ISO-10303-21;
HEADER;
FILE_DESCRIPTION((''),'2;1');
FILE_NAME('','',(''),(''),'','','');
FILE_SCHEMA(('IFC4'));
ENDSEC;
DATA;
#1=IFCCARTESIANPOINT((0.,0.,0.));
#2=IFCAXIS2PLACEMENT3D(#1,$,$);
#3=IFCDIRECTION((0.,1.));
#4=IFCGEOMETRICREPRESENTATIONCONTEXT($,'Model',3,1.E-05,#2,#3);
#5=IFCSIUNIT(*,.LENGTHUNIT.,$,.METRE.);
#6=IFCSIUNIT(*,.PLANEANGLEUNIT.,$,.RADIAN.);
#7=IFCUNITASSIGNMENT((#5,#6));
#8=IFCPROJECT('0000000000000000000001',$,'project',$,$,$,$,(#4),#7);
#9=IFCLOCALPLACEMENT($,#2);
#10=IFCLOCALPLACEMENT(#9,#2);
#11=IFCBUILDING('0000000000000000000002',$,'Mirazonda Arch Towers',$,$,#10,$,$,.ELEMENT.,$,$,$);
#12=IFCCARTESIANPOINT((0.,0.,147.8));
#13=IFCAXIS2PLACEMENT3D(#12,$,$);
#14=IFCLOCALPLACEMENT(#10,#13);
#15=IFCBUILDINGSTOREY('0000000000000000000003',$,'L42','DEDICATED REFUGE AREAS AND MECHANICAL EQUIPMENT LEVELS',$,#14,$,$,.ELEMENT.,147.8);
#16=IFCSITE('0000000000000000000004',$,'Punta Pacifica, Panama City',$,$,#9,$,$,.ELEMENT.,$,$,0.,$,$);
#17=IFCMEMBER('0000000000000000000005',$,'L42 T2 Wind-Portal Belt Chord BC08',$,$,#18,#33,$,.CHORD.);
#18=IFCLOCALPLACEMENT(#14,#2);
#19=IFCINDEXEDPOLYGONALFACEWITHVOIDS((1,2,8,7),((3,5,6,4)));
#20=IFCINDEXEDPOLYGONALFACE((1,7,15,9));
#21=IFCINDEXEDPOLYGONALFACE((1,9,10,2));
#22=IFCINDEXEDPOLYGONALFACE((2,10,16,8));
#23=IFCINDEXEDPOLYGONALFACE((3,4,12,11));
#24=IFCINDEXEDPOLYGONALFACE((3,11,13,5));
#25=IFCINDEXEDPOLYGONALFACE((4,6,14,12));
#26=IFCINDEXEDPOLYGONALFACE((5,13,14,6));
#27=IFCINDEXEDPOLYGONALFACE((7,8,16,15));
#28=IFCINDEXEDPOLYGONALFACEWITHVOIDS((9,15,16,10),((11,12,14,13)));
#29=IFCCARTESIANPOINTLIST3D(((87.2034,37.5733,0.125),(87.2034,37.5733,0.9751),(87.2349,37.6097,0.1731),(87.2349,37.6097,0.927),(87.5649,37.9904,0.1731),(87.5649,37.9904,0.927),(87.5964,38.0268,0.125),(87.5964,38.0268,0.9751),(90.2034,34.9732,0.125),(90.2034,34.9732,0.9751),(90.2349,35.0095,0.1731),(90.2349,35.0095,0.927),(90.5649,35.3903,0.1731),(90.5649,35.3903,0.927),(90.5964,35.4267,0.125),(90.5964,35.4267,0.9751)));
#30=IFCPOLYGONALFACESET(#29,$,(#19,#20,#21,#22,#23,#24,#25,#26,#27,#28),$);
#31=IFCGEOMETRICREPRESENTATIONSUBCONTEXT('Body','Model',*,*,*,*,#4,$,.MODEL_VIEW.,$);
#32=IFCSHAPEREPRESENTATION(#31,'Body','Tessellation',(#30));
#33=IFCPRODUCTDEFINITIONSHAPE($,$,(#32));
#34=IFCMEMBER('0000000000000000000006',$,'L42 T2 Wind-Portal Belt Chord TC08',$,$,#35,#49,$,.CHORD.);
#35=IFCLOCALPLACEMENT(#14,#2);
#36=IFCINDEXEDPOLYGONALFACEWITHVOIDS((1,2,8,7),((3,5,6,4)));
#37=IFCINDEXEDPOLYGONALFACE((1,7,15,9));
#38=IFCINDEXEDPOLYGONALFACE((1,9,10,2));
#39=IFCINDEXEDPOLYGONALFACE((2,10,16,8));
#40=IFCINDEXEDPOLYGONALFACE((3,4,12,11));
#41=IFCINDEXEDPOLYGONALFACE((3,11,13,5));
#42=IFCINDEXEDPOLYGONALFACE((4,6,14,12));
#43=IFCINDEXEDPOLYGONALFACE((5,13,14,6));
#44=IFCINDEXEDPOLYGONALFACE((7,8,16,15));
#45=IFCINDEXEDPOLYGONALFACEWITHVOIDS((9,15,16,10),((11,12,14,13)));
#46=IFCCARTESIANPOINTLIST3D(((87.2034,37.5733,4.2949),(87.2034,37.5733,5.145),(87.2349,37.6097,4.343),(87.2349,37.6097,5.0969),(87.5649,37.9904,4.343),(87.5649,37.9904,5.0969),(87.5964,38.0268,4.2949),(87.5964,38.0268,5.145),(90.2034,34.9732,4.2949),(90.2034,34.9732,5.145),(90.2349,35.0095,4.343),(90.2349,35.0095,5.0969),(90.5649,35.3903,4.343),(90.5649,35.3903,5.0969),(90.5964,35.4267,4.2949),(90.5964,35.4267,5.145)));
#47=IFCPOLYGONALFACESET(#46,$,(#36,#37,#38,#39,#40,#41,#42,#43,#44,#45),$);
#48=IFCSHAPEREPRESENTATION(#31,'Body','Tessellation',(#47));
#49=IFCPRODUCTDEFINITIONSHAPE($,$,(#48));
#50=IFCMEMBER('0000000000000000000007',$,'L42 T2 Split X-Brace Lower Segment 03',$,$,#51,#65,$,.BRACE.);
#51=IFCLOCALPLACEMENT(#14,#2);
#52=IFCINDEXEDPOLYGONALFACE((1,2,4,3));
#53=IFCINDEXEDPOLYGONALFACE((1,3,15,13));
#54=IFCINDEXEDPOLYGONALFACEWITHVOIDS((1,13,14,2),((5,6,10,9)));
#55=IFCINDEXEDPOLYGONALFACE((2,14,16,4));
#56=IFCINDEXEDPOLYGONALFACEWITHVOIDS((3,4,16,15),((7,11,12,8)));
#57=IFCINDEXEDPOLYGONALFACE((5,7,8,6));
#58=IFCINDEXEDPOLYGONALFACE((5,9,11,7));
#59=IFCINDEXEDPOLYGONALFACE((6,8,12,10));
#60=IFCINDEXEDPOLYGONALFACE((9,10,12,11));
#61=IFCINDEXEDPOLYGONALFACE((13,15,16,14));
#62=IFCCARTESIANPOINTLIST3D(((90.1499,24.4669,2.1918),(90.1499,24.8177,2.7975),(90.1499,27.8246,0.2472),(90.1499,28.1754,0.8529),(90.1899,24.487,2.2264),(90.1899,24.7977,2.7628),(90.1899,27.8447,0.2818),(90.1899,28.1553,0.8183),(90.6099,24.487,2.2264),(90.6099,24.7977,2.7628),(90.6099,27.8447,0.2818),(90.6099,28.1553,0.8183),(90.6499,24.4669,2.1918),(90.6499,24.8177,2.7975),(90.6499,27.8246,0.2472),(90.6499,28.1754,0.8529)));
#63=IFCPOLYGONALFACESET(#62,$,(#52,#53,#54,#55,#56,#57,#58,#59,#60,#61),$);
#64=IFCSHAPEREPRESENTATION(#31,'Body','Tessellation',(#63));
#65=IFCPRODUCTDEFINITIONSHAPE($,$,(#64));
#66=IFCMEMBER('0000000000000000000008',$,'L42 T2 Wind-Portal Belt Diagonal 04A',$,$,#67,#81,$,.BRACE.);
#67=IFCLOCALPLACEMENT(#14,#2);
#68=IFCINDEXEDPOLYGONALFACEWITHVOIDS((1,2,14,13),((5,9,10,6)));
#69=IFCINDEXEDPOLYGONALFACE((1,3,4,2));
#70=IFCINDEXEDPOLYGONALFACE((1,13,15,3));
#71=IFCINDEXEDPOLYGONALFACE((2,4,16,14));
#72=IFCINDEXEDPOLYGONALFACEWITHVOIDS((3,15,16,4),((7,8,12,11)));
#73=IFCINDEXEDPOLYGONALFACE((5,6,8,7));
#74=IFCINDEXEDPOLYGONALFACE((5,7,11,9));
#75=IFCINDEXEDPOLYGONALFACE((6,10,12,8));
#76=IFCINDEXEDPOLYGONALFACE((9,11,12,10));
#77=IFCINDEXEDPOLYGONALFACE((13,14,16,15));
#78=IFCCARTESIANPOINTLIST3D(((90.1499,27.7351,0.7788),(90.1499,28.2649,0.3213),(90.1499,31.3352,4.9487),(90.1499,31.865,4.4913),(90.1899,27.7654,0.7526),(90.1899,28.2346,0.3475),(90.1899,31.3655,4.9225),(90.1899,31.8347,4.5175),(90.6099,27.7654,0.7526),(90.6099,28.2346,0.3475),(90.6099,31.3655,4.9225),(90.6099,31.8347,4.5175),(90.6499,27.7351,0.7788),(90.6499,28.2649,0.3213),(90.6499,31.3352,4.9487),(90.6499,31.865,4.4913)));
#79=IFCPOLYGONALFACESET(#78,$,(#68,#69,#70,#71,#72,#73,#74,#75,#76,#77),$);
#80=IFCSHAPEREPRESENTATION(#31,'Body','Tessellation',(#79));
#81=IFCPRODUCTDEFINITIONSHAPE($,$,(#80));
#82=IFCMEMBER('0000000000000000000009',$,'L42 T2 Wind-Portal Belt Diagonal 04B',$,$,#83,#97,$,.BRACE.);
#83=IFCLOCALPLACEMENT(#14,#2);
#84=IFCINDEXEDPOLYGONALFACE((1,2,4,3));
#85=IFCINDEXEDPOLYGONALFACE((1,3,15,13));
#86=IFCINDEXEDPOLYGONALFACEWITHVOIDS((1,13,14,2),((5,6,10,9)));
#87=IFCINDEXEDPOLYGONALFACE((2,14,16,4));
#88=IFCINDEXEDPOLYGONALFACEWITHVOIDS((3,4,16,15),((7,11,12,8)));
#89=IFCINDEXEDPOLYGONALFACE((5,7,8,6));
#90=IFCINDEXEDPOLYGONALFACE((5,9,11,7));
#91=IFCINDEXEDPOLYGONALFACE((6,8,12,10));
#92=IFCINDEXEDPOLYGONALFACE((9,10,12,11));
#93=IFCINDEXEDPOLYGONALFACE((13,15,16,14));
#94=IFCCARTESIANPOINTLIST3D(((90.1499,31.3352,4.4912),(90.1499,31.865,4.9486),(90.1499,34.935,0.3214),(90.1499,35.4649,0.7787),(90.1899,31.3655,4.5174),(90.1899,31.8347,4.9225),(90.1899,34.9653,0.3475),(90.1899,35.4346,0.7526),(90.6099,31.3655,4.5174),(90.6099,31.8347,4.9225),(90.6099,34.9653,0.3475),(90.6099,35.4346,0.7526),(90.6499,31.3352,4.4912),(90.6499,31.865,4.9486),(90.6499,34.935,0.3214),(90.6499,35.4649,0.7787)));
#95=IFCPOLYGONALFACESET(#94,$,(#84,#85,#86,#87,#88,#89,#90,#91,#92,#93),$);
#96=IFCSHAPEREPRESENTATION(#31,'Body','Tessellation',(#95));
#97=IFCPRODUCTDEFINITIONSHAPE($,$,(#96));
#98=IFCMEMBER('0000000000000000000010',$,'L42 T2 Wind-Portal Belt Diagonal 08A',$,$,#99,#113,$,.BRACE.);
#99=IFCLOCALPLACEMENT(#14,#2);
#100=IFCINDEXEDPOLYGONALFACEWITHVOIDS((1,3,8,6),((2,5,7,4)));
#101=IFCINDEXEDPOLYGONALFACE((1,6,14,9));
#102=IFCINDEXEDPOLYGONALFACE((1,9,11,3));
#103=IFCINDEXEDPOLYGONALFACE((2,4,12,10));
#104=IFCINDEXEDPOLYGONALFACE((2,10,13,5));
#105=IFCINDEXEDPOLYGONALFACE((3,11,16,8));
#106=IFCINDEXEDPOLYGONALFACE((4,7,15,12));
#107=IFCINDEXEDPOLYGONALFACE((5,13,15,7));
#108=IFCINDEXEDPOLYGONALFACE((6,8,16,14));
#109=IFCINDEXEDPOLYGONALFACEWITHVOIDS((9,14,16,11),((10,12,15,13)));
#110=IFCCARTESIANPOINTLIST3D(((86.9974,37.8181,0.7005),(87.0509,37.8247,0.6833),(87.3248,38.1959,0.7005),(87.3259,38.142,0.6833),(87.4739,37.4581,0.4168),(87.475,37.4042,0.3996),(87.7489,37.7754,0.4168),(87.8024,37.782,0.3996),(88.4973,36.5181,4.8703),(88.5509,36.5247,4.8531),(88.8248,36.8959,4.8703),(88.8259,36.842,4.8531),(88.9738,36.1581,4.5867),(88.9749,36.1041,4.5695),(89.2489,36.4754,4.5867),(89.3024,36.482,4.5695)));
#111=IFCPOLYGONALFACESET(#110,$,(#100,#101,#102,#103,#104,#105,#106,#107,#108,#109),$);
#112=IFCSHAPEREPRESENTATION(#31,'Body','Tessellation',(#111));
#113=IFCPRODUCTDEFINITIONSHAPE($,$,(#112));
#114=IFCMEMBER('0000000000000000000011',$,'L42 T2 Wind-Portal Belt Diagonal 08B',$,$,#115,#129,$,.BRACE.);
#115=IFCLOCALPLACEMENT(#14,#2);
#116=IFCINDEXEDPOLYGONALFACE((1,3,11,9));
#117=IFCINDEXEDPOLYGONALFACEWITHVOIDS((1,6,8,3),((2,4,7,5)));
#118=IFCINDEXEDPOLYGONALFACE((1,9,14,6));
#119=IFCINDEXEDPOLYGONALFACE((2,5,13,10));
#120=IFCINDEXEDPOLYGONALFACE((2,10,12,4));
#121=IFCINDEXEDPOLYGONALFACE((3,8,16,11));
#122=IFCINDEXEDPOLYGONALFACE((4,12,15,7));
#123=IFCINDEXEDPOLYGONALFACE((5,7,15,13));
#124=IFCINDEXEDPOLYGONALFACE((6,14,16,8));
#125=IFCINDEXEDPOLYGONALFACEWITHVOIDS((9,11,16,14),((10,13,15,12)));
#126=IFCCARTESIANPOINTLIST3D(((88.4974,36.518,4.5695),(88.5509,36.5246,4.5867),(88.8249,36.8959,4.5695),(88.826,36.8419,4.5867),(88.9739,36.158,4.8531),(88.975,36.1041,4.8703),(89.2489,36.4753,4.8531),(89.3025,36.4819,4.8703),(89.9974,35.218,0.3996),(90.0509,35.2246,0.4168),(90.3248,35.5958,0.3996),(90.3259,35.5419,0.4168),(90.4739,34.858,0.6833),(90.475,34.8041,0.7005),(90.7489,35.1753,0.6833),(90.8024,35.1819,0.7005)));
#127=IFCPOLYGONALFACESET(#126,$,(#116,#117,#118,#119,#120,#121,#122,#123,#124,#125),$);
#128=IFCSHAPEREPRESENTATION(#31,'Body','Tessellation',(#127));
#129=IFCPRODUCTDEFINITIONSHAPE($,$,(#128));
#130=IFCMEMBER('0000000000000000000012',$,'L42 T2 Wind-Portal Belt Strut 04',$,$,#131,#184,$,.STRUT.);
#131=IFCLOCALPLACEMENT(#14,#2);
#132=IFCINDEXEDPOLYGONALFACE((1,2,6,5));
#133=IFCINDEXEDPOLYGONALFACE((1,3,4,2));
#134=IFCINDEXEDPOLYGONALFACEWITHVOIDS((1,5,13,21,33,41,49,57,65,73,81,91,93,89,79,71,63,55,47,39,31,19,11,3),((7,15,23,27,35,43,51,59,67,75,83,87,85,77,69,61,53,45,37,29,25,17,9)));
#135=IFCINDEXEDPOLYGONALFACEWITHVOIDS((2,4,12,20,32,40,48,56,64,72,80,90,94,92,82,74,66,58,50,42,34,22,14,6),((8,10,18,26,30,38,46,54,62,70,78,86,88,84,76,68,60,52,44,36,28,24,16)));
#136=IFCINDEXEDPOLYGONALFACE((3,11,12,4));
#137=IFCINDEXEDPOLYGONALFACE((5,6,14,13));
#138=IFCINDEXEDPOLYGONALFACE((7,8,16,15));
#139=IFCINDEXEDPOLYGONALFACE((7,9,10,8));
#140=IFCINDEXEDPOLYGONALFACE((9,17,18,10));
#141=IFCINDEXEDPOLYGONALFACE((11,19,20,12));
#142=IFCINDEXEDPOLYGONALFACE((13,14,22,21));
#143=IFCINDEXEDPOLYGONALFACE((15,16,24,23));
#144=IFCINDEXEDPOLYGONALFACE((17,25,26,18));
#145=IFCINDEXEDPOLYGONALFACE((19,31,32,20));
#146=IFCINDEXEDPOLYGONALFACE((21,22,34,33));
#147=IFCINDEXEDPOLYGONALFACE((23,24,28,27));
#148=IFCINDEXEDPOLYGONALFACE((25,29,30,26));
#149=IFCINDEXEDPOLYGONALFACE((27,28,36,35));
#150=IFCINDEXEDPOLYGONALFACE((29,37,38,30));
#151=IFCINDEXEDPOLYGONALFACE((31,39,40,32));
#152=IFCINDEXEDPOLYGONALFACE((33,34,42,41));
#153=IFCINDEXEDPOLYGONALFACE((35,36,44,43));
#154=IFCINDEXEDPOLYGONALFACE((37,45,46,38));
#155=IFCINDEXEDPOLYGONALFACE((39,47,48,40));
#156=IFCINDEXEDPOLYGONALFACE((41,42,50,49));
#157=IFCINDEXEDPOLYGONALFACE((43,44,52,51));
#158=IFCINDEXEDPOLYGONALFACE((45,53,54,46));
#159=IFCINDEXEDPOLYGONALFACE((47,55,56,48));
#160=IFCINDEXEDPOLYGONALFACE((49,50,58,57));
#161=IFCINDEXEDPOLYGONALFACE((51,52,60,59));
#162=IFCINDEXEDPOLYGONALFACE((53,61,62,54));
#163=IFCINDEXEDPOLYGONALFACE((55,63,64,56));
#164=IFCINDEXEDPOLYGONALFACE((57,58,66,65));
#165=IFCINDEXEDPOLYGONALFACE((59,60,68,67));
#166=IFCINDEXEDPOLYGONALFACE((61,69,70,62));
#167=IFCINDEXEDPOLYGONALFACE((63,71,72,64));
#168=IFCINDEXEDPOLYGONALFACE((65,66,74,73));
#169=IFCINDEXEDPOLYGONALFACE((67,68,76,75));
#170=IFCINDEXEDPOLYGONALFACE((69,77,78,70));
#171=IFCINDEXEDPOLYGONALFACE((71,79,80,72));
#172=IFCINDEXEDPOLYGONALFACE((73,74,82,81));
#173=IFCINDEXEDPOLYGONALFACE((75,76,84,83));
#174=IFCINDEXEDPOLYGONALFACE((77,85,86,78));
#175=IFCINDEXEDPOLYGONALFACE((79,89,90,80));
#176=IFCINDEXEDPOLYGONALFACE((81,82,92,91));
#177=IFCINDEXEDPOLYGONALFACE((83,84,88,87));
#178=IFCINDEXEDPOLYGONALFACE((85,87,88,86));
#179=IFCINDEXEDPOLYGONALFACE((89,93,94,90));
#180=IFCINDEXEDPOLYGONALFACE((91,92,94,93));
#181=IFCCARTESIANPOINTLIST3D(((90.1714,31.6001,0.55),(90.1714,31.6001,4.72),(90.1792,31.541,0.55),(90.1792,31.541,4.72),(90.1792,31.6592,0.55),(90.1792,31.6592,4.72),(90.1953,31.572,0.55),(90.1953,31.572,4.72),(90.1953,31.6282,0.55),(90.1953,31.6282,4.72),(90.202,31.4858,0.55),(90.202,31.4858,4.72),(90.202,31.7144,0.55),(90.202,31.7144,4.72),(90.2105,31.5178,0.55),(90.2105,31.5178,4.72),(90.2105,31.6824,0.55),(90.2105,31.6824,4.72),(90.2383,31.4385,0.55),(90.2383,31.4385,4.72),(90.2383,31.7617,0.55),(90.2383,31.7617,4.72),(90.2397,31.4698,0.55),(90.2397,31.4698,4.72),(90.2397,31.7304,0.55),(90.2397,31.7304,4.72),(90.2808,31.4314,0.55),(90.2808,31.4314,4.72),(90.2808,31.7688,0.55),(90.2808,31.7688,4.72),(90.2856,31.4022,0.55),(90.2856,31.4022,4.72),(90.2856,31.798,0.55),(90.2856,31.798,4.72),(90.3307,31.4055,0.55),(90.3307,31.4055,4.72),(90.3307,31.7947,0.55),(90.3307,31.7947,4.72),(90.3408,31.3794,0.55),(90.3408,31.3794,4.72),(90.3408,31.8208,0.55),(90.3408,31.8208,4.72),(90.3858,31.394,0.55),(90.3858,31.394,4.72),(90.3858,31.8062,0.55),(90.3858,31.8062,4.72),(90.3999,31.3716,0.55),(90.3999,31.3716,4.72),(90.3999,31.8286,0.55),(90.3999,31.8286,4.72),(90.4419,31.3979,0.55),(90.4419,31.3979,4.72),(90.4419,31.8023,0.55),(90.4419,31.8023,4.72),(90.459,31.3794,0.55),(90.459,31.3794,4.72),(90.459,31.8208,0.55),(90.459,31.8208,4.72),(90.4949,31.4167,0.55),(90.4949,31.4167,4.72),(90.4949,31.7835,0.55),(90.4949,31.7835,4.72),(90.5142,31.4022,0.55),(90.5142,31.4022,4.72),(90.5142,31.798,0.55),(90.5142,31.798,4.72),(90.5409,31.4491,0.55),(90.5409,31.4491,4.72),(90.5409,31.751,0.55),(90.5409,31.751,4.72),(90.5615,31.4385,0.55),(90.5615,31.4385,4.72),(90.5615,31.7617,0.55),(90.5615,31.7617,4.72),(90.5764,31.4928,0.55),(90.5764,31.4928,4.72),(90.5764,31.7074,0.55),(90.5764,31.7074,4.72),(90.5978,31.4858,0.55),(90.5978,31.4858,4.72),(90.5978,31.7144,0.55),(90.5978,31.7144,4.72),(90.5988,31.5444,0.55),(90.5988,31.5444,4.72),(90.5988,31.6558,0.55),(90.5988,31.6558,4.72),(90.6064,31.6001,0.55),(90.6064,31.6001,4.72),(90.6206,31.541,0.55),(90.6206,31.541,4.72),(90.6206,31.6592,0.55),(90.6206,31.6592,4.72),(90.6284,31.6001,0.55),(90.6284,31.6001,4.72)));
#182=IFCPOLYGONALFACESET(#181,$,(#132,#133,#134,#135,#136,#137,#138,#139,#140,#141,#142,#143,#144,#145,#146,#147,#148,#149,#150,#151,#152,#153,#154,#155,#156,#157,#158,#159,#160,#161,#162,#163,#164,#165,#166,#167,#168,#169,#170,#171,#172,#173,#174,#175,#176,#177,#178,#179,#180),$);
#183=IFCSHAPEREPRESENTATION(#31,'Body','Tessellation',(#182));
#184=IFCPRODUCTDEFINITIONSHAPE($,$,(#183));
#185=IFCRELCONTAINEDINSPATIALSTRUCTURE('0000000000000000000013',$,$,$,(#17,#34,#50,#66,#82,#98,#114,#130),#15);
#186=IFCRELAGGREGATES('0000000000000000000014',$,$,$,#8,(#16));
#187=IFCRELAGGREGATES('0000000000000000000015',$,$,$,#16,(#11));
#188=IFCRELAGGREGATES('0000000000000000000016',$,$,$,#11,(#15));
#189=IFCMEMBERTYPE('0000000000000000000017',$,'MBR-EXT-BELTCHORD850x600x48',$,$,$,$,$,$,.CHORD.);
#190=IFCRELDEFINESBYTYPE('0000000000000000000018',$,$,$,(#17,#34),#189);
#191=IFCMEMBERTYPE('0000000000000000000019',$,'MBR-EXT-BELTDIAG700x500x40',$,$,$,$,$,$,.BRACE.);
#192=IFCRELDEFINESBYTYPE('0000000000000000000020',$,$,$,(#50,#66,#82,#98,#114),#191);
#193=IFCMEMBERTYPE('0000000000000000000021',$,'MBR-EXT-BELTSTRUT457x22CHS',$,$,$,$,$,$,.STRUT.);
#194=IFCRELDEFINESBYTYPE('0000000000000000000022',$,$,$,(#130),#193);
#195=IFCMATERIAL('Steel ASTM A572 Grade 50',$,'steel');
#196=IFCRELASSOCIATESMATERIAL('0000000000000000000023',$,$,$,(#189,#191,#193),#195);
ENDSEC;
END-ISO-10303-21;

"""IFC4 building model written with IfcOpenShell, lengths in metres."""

from ifc_helpers import new_model, si_unit, direction, frame, origin, origin_2d, place, context, subcontext, project, spatial, hollow_rectangle, hollow_circle, extrude, material, material_profile, profile_set, type_object, element, save


model = new_model("IFC4")

# Units and contexts
model_context = context("Model", 3, precision=1e-05, world=origin(), true_north=direction((0.0, 1.0)))
body_context = subcontext(model_context, "Body", "Model", "MODEL_VIEW")
ifc_project = project(units=[si_unit("LENGTHUNIT", "METRE"), si_unit("PLANEANGLEUNIT", "RADIAN")], contexts=[model_context])

# Site, building, storey
site_placement = place(None, origin())
site = spatial("IfcSite", under=ifc_project, at=site_placement, Name="Punta Pacifica, Panama City", CompositionType="ELEMENT", RefElevation=0.0)
building_placement = place(site_placement, origin())
building = spatial("IfcBuilding", under=site, at=building_placement, Name="Mirazonda Arch Towers", CompositionType="ELEMENT")
storey_placement = place(building_placement, frame((0.0, 0.0, 147.8)))
storey = spatial("IfcBuildingStorey", under=building, at=storey_placement, Name="L42", Description="DEDICATED REFUGE AREAS AND MECHANICAL EQUIPMENT LEVELS", CompositionType="ELEMENT", Elevation=147.8)

# Shared definitions
ifc_material_1 = material(Name="Steel ASTM A572 Grade 50", Category="steel")

# Members
ifc_material_profile_1 = material_profile(ifc_material_1, hollow_rectangle(XDim=0.6001, YDim=0.8501, WallThickness=0.0481, at=origin_2d()), Name="BELTCHORD850x600x48")
ifc_profile_set_1 = profile_set([ifc_material_profile_1], Name="Steel ASTM A572 Grade 50")
member_type_1 = type_object("IfcMemberType", Name="MBR-EXT-BELTCHORD850x600x48", PredefinedType="CHORD", material=ifc_profile_set_1)
for number, where, z_axis, x_axis, name in (
    (1, (87.3999, 37.8, 0.55), (0.755677, -0.654945, 0.0), (0.654945, 0.755677, 0.0), "L42 T2 Wind-Portal Belt Chord BC08"),
    (2, (87.3999, 37.8, 4.72), (0.755677, -0.654945, 0.0), (0.654945, 0.755677, 0.0), "L42 T2 Wind-Portal Belt Chord TC08"),
):
    element("IfcMember", number, at=place(storey_placement, frame(where, z_axis=z_axis, x_axis=x_axis)), inside=storey, type_object=member_type_1, Name=name, PredefinedType="CHORD", context=body_context, shape_type="SweptSolid", body=[
        extrude(hollow_rectangle(XDim=0.6001, YDim=0.8501, WallThickness=0.0481, at=origin_2d()), origin(), (0.0, 0.0, 1.0), 3.97),
    ])
ifc_material_profile_2 = material_profile(ifc_material_1, hollow_rectangle(XDim=0.5, YDim=0.7, WallThickness=0.04, at=origin_2d()), Name="BELTDIAG700x500x40")
ifc_profile_set_2 = profile_set([ifc_material_profile_2], Name="Steel ASTM A572 Grade 50")
member_type_2 = type_object("IfcMemberType", Name="MBR-EXT-BELTDIAG700x500x40", PredefinedType="BRACE", material=ifc_profile_set_2)
member_1_placement = place(storey_placement, frame((90.3999, 28.0, 0.55), z_axis=(0.0, -0.865352, 0.501165), x_axis=(1.0, 0.0, 0.0)))
element("IfcMember", 3, at=member_1_placement, inside=storey, type_object=member_type_2, Name="L42 T2 Split X-Brace Lower Segment 03", PredefinedType="BRACE", context=body_context, shape_type="SweptSolid", body=[
    extrude(hollow_rectangle(XDim=0.5, YDim=0.7, WallThickness=0.04, at=origin_2d()), origin(), (0.0, 0.0, 1.0), 3.8801),
])
member_2_placement = place(storey_placement, frame((90.3999, 28.0, 0.55), z_axis=(0.0, 0.653495, 0.756931), x_axis=(-1.0, 0.0, 0.0)))
element("IfcMember", 4, at=member_2_placement, inside=storey, type_object=member_type_2, Name="L42 T2 Wind-Portal Belt Diagonal 04A", PredefinedType="BRACE", context=body_context, shape_type="SweptSolid", body=[
    extrude(hollow_rectangle(XDim=0.5, YDim=0.7, WallThickness=0.04, at=origin_2d()), origin(), (0.0, 0.0, 1.0), 5.509),
])
member_3_placement = place(storey_placement, frame((90.3999, 35.2, 0.55), z_axis=(0.0, -0.65347, 0.756953), x_axis=(1.0, 0.0, 0.0)))
element("IfcMember", 5, at=member_3_placement, inside=storey, type_object=member_type_2, Name="L42 T2 Wind-Portal Belt Diagonal 04B", PredefinedType="BRACE", context=body_context, shape_type="SweptSolid", body=[
    extrude(hollow_rectangle(XDim=0.5, YDim=0.7, WallThickness=0.04, at=origin_2d()), origin(), (0.0, 0.0, 1.0), 5.5088),
])
for number, where, z_axis, x_axis, name in (
    (6, (87.3999, 37.8, 0.55), (0.324797, -0.281502, 0.902919), (0.654945, 0.755677, 0.0), "L42 T2 Wind-Portal Belt Diagonal 08A"),
    (7, (90.3999, 35.2, 0.55), (-0.324797, 0.281502, 0.902919), (-0.654945, -0.755677, 0.0), "L42 T2 Wind-Portal Belt Diagonal 08B"),
):
    element("IfcMember", number, at=place(storey_placement, frame(where, z_axis=z_axis, x_axis=x_axis)), inside=storey, type_object=member_type_2, Name=name, PredefinedType="BRACE", context=body_context, shape_type="SweptSolid", body=[
        extrude(hollow_rectangle(XDim=0.5, YDim=0.7, WallThickness=0.04, at=origin_2d()), origin(), (0.0, 0.0, 1.0), 4.6182),
    ])
ifc_material_profile_3 = material_profile(ifc_material_1, hollow_circle(Radius=0.2285, WallThickness=0.022, at=origin_2d()), Name="BELTSTRUT457x22CHS")
ifc_profile_set_3 = profile_set([ifc_material_profile_3], Name="Steel ASTM A572 Grade 50")
member_type_3 = type_object("IfcMemberType", Name="MBR-EXT-BELTSTRUT457x22CHS", PredefinedType="STRUT", material=ifc_profile_set_3)
for number, where, z_axis, x_axis, name in (
    (8, (90.3999, 31.6001, 0.55), (0.0, 0.0, 1.0), (1.0, 0.0, 0.0), "L42 T2 Wind-Portal Belt Strut 04"),
):
    element("IfcMember", number, at=place(storey_placement, frame(where, z_axis=z_axis, x_axis=x_axis)), inside=storey, type_object=member_type_3, Name=name, PredefinedType="STRUT", context=body_context, shape_type="SweptSolid", body=[
        extrude(hollow_circle(Radius=0.2285, WallThickness=0.022, at=origin_2d()), origin(), (0.0, 0.0, 1.0), 4.1699),
    ])

save(model, "model.ifc")
